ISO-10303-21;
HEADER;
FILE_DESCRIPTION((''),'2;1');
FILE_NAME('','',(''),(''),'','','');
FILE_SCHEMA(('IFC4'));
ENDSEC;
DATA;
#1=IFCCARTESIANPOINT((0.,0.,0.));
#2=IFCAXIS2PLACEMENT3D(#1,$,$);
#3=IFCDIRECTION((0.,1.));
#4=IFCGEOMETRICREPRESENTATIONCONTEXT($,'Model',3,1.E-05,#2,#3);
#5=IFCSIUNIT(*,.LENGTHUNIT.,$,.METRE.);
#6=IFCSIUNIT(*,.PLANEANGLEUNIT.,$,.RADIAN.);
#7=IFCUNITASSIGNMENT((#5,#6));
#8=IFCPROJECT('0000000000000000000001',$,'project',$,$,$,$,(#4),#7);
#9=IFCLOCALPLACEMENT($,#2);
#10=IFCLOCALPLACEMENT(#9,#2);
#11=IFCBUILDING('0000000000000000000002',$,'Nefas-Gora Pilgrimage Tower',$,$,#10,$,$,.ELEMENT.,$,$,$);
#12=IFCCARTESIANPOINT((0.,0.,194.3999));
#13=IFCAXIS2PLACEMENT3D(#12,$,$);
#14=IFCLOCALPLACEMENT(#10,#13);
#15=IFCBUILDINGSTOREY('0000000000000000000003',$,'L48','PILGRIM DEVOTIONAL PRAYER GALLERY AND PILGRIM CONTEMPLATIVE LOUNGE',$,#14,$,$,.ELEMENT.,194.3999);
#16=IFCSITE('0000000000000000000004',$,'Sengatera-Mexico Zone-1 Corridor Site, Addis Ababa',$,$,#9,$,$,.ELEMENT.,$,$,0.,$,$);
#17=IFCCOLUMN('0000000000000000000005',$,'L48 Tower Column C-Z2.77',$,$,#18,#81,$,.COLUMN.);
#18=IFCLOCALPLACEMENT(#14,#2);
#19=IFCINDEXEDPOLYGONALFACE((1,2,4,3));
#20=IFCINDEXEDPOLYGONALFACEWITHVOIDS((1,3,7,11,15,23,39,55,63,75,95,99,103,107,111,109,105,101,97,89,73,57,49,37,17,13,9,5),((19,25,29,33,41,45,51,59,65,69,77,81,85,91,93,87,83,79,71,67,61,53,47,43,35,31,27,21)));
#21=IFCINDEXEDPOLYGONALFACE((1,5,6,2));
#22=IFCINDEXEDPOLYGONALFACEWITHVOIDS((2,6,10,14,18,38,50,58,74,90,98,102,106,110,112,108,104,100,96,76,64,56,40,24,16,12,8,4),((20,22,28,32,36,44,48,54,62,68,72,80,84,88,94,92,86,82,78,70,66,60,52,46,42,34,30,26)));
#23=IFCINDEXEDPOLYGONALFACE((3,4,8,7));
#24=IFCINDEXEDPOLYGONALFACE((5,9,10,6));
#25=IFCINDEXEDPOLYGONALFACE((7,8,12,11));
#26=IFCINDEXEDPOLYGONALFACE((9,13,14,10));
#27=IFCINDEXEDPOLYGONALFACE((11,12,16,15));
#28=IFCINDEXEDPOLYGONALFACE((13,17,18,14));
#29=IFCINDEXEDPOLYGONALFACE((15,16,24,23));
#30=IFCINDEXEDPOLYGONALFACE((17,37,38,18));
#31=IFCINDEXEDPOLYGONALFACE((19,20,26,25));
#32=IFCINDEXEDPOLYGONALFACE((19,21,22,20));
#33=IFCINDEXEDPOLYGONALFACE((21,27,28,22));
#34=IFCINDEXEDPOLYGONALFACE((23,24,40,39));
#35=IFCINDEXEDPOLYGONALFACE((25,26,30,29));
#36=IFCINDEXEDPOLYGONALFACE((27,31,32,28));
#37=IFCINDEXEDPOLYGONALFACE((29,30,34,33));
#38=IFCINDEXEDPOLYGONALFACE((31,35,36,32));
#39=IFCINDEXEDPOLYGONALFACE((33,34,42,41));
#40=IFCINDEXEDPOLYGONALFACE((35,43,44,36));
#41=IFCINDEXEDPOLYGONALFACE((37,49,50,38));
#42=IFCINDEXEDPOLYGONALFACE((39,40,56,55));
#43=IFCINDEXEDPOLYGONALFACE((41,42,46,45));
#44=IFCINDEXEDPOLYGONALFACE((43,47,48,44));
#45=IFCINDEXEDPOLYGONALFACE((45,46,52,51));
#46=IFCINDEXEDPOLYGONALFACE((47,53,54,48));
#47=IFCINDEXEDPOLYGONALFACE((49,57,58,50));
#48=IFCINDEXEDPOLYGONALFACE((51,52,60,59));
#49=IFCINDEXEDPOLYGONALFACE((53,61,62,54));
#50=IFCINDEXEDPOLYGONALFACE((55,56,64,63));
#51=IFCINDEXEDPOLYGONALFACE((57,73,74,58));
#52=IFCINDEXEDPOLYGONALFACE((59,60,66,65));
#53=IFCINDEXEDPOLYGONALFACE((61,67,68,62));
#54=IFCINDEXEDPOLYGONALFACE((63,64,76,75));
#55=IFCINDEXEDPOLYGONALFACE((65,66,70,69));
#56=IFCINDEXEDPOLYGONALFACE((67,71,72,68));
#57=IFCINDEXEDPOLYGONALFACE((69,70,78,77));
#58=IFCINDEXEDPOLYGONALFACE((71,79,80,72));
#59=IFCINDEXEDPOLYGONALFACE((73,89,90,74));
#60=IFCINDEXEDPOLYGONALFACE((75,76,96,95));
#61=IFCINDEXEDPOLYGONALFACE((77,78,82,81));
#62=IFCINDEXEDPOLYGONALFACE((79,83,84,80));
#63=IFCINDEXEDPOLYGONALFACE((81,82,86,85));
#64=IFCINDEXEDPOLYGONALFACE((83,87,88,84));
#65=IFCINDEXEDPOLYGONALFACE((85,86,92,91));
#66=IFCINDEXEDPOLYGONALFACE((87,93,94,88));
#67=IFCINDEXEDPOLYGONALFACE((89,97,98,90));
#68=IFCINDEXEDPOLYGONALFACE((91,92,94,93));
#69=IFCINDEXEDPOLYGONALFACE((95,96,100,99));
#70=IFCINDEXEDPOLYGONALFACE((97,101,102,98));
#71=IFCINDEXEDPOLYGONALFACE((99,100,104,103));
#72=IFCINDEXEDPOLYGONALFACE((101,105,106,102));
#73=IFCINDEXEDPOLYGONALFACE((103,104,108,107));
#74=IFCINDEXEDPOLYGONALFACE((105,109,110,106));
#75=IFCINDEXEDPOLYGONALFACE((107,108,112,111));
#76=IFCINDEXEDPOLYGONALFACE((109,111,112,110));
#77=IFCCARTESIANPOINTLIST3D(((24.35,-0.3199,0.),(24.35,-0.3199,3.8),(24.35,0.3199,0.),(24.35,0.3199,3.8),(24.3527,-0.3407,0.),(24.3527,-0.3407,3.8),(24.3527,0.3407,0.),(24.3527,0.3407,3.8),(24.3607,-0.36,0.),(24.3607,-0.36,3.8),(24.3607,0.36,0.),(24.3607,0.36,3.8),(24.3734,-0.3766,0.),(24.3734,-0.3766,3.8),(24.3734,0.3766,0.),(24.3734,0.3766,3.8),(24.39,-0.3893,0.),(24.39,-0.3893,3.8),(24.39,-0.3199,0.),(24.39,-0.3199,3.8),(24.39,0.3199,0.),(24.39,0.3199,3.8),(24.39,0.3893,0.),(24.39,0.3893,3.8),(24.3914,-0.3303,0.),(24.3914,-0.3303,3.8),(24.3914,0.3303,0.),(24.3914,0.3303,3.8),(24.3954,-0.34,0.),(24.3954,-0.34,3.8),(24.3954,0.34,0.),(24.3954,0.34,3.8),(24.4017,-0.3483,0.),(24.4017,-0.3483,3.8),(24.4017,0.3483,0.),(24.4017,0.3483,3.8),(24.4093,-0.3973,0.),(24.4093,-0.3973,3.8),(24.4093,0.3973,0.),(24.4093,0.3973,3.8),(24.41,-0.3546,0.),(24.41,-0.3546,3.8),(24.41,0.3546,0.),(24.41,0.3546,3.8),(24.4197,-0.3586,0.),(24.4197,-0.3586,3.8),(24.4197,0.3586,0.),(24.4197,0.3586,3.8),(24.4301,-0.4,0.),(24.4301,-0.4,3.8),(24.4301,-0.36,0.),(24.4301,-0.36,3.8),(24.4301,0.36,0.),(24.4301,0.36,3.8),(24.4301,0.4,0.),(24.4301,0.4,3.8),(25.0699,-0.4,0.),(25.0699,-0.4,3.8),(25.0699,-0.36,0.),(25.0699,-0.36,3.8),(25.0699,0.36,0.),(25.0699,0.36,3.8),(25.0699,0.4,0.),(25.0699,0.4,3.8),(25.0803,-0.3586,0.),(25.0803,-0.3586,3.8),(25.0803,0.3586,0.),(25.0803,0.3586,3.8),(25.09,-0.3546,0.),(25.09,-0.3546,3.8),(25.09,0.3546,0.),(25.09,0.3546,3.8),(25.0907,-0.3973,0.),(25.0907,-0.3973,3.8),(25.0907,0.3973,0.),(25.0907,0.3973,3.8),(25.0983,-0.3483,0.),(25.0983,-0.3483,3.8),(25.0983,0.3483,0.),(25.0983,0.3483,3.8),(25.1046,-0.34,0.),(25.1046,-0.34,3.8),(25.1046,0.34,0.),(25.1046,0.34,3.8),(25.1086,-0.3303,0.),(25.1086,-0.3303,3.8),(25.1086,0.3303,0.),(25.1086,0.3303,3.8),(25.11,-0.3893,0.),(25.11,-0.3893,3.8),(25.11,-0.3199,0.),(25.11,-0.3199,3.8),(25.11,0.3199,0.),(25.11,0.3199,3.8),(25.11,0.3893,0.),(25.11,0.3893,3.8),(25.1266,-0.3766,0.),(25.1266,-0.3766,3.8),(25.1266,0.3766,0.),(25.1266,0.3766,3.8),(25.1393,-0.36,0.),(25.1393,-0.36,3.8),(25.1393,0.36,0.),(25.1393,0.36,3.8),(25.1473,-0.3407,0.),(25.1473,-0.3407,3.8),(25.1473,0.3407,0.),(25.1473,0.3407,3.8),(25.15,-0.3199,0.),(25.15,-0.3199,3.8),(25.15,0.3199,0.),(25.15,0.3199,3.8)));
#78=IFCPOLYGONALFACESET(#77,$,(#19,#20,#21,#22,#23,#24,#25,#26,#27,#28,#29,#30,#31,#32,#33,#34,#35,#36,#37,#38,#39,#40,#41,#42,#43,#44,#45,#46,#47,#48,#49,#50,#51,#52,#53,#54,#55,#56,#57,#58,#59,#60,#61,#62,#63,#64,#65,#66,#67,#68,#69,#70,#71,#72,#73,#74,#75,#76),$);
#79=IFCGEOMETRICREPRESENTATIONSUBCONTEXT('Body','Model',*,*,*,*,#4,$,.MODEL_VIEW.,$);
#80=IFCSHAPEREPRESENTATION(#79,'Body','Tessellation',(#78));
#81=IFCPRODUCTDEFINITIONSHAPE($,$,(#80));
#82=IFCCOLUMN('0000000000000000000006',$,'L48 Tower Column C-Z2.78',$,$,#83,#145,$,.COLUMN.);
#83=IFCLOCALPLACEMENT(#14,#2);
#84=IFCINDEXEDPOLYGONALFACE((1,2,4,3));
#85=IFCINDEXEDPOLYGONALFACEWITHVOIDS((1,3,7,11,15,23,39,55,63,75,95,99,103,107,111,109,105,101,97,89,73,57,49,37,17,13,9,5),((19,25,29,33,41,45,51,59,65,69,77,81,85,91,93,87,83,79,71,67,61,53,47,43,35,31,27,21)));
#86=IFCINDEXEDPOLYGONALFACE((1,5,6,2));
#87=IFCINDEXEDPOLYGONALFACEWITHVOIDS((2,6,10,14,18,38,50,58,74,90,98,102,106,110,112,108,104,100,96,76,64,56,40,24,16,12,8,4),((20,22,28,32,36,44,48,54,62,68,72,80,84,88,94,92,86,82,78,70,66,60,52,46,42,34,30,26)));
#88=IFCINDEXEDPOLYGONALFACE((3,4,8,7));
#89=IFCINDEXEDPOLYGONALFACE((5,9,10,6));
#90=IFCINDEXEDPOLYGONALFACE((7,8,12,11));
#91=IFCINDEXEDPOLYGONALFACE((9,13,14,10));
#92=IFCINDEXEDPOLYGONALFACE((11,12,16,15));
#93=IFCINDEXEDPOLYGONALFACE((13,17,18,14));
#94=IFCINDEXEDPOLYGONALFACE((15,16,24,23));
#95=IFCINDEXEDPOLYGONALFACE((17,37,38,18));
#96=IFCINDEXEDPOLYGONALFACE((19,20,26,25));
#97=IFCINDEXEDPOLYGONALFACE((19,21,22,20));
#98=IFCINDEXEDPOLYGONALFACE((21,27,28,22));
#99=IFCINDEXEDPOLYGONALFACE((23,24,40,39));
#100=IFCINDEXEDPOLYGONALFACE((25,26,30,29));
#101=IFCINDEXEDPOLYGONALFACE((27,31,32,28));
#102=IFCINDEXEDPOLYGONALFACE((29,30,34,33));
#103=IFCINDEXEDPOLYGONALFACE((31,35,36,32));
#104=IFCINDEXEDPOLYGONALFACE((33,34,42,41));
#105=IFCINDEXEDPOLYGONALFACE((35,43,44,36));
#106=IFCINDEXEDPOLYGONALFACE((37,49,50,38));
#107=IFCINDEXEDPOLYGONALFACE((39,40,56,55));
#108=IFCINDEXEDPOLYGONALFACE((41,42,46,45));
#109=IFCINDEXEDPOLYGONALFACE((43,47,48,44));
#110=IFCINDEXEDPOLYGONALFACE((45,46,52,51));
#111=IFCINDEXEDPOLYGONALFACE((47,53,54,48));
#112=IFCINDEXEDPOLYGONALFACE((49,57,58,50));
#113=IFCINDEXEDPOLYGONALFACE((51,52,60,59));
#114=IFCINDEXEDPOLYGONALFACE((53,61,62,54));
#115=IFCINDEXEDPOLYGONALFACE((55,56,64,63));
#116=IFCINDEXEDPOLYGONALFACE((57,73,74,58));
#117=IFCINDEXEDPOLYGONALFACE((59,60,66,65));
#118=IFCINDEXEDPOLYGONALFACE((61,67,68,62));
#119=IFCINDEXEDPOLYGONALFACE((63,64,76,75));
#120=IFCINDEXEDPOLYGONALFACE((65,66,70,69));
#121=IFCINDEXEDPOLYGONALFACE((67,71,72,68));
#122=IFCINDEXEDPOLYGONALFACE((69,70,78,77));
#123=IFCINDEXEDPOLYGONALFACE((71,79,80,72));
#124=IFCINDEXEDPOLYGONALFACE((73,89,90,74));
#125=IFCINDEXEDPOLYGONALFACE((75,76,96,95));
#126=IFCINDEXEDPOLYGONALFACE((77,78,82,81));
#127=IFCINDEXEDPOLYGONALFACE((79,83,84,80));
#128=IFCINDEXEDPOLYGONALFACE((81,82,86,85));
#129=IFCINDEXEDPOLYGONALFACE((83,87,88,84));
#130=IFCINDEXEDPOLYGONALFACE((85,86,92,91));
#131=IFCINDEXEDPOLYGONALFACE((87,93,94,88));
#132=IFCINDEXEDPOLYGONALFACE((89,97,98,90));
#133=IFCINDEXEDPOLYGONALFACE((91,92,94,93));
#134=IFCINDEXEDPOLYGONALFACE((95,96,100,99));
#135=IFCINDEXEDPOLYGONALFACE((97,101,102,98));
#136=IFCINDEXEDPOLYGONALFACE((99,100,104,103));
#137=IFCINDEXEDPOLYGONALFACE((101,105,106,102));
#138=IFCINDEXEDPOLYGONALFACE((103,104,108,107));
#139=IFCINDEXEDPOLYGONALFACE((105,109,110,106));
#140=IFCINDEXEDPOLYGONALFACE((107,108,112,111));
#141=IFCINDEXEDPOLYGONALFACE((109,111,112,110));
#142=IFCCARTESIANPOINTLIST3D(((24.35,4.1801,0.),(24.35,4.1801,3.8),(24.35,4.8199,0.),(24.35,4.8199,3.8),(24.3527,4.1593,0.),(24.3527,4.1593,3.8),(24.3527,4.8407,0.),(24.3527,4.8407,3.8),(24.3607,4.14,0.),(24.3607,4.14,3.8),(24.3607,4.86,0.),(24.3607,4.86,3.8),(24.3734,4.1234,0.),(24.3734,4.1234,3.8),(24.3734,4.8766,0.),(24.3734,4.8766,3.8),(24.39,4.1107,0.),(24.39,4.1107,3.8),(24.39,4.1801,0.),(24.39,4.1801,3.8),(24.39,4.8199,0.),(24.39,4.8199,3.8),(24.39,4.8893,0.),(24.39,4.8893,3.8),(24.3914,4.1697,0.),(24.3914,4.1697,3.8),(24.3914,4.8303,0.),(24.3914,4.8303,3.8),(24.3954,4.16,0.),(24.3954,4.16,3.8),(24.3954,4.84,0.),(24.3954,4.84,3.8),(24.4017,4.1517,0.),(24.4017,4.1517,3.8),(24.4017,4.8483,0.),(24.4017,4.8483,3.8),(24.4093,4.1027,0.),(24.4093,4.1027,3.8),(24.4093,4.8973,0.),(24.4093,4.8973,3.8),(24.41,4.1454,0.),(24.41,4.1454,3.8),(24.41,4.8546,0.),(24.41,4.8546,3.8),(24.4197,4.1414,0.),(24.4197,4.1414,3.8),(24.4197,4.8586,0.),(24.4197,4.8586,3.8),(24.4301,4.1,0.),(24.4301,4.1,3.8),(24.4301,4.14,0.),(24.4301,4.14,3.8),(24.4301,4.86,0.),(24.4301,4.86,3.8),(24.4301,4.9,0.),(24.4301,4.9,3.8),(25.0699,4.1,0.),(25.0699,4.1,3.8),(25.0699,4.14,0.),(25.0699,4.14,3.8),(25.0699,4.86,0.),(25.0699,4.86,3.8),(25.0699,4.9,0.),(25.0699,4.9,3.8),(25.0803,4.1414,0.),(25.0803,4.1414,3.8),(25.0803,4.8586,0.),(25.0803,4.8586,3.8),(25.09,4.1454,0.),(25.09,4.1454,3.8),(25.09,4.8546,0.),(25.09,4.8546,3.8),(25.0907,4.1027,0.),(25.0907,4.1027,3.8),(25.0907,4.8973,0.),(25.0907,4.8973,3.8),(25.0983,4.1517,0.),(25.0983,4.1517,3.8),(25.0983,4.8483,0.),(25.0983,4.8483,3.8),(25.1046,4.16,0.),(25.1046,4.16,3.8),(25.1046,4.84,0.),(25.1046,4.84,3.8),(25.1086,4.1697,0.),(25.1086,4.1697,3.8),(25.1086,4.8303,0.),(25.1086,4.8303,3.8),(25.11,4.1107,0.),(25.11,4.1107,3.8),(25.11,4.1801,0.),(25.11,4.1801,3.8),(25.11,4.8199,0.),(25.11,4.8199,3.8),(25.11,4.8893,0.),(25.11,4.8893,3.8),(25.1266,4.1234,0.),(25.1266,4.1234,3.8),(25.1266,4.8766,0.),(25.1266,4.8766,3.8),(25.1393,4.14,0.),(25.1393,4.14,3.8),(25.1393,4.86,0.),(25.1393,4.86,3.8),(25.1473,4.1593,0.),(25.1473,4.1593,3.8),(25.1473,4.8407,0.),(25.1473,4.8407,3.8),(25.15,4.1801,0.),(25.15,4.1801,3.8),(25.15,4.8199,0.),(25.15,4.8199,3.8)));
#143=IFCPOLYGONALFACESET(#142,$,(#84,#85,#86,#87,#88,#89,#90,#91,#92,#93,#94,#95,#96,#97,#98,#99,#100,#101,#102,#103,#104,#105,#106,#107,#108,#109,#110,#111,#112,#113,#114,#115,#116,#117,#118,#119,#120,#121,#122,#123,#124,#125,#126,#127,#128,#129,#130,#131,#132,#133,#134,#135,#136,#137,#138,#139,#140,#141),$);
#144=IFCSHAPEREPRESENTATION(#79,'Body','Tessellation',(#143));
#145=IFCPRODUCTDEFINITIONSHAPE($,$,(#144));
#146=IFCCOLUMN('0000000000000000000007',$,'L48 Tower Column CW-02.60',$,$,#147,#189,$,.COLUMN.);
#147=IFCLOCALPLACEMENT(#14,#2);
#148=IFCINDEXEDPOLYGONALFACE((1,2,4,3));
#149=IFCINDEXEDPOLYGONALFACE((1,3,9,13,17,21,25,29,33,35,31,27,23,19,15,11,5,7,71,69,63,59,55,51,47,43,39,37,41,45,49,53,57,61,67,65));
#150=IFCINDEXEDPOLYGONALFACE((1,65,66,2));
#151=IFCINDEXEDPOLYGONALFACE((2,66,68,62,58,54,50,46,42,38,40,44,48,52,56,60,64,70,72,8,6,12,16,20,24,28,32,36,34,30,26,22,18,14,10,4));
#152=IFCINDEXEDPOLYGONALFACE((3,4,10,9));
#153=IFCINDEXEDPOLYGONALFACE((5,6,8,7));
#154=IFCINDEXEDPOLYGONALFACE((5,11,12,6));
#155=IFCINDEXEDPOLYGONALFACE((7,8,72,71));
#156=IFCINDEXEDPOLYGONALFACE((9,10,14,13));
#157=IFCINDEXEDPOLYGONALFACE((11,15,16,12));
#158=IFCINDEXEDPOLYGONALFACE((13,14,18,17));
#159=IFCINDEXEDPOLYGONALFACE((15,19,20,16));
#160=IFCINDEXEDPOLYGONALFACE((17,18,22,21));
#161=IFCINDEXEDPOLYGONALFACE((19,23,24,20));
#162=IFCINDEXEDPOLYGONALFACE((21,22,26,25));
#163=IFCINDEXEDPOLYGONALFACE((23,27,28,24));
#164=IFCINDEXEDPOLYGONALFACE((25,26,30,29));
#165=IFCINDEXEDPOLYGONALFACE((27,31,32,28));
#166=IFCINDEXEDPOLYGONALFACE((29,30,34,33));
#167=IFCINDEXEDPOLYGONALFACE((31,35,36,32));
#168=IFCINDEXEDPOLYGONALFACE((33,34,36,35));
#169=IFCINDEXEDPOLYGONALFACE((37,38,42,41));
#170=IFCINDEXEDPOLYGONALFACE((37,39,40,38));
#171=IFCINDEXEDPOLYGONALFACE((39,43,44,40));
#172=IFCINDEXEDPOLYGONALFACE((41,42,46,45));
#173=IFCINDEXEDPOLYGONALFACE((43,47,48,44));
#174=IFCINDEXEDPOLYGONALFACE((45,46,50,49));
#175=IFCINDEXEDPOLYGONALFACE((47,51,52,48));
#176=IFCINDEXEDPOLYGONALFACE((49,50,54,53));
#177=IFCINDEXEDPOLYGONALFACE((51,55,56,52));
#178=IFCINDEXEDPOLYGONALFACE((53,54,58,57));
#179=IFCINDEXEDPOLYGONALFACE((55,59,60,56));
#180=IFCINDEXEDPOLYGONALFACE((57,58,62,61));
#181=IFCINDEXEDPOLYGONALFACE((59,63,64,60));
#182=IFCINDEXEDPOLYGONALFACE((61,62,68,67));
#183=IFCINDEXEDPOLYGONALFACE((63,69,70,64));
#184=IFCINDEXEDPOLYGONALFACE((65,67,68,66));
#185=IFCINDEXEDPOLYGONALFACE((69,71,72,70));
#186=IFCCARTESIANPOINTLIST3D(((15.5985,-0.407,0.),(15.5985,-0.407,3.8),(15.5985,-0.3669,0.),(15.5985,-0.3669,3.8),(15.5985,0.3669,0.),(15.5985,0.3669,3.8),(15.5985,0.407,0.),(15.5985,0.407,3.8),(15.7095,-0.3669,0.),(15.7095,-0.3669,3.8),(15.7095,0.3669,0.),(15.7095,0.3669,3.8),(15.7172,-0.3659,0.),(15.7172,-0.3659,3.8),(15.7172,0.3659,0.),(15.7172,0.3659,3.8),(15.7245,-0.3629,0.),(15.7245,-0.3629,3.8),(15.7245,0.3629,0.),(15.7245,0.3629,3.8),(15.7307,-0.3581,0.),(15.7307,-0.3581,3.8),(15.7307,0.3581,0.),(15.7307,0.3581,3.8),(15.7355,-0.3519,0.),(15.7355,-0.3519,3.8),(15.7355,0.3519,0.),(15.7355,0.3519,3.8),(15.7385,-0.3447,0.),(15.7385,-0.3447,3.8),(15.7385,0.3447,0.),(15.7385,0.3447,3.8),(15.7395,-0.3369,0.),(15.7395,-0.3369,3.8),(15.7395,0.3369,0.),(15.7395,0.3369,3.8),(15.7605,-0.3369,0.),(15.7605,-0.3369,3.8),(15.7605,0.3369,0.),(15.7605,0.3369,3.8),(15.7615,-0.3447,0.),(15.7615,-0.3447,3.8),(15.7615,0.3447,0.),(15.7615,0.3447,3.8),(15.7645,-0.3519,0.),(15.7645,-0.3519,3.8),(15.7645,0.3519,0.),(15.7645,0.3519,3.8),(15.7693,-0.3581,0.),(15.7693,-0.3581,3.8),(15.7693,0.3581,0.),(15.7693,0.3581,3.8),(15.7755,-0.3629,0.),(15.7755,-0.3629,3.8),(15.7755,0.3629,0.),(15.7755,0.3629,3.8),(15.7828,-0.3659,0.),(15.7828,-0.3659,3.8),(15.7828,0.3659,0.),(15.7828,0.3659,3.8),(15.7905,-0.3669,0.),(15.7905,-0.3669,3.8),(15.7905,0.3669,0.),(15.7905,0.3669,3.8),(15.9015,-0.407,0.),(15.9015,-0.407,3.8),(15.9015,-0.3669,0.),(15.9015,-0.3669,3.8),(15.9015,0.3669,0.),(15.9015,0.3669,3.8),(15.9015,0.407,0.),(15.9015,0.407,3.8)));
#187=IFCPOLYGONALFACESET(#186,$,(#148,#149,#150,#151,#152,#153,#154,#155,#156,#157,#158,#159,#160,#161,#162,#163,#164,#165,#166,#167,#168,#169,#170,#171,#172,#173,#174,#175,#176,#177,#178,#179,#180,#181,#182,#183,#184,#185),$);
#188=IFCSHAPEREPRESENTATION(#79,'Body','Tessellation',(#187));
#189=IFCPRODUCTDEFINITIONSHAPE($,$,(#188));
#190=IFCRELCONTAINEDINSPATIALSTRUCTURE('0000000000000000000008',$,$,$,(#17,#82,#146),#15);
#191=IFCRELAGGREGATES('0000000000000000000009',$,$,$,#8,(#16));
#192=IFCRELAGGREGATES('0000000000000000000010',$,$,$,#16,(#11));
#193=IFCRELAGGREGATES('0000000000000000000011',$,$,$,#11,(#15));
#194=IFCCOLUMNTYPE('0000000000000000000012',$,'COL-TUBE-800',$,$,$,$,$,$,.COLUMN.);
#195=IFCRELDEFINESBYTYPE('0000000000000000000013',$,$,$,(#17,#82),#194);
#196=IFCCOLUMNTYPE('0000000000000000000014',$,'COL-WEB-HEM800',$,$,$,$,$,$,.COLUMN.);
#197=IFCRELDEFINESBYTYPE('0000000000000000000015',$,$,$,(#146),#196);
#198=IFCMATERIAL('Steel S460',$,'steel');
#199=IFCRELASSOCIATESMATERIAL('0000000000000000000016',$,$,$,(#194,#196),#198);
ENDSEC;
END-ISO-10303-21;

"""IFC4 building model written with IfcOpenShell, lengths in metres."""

from ifc_helpers import new_model, si_unit, direction, frame, origin, origin_2d, place, context, subcontext, project, spatial, hollow_rectangle, i_section, extrude, source, transform, mapped, material, material_profile, profile_set, type_object, element, save


model = new_model("IFC4")

# Units and contexts
model_context = context("Model", 3, precision=1e-05, world=origin(), true_north=direction((0.0, 1.0)))
body_context = subcontext(model_context, "Body", "Model", "MODEL_VIEW")
ifc_project = project(units=[si_unit("LENGTHUNIT", "METRE"), si_unit("PLANEANGLEUNIT", "RADIAN")], contexts=[model_context])

# Site, building, storey
site_placement = place(None, origin())
site = spatial("IfcSite", under=ifc_project, at=site_placement, Name="Sengatera-Mexico Zone-1 Corridor Site, Addis Ababa", CompositionType="ELEMENT", RefElevation=0.0)
building_placement = place(site_placement, origin())
building = spatial("IfcBuilding", under=site, at=building_placement, Name="Nefas-Gora Pilgrimage Tower", CompositionType="ELEMENT")
storey_placement = place(building_placement, frame((0.0, 0.0, 194.3999)))
storey = spatial("IfcBuildingStorey", under=building, at=storey_placement, Name="L48", Description="PILGRIM DEVOTIONAL PRAYER GALLERY AND PILGRIM CONTEMPLATIVE LOUNGE", CompositionType="ELEMENT", Elevation=194.3999)

# Columns
ifc_material_1 = material(Name="Steel S460", Category="steel")
ifc_material_profile_1 = material_profile(ifc_material_1, hollow_rectangle(XDim=0.8, YDim=0.8, WallThickness=0.04, InnerFilletRadius=0.04, OuterFilletRadius=0.0801, at=origin_2d()), Name="BOX 800x800x40")
ifc_profile_set_1 = profile_set([ifc_material_profile_1], Name="Steel S460")
column_type_1 = type_object("IfcColumnType", Name="COL-TUBE-800", PredefinedType="COLUMN", material=ifc_profile_set_1)
shared_shape_1 = source(origin(), body_context, "Body", "SweptSolid", [
    extrude(hollow_rectangle(XDim=0.8, YDim=0.8, WallThickness=0.04, InnerFilletRadius=0.04, OuterFilletRadius=0.0801, at=origin_2d()), origin(), (0.0, 0.0, 1.0), 3.8),
])
for number, where, z_axis, x_axis, name in (
    (1, (24.75, 0.0, 0.0), (0.0, 0.0, 1.0), (1.0, 0.0, 0.0), "L48 Tower Column C-Z2.77"),
    (2, (24.75, 4.5, 0.0), (0.0, 0.0, 1.0), (1.0, 0.0, 0.0), "L48 Tower Column C-Z2.78"),
):
    element("IfcColumn", number, at=place(storey_placement, frame(where, z_axis=z_axis, x_axis=x_axis)), inside=storey, type_object=column_type_1, Name=name, PredefinedType="COLUMN", context=body_context, shape_type="MappedRepresentation", body=[
        mapped(shared_shape_1, transform((0.0, 0.0, 0.0), x_axis=(1.0, 0.0, 0.0), y_axis=(0.0, 1.0, 0.0), z_axis=(0.0, 0.0, 1.0), scale=1.0)),
    ])
ifc_material_profile_2 = material_profile(ifc_material_1, i_section(OverallWidth=0.303, OverallDepth=0.814, WebThickness=0.021, FlangeThickness=0.04, FilletRadius=0.03, at=origin_2d()), Name="HEM 800")
ifc_profile_set_2 = profile_set([ifc_material_profile_2], Name="Steel S460")
column_type_2 = type_object("IfcColumnType", Name="COL-WEB-HEM800", PredefinedType="COLUMN", material=ifc_profile_set_2)
shared_shape_2 = source(origin(), body_context, "Body", "SweptSolid", [
    extrude(i_section(OverallWidth=0.303, OverallDepth=0.814, WebThickness=0.021, FlangeThickness=0.04, FilletRadius=0.03, at=origin_2d()), origin(), (0.0, 0.0, 1.0), 3.8),
])
for number, where, z_axis, x_axis, name in (
    (3, (15.75, 0.0, 0.0), (0.0, 0.0, 1.0), (1.0, 0.0, 0.0), "L48 Tower Column CW-02.60"),
):
    element("IfcColumn", number, at=place(storey_placement, frame(where, z_axis=z_axis, x_axis=x_axis)), inside=storey, type_object=column_type_2, Name=name, PredefinedType="COLUMN", context=body_context, shape_type="MappedRepresentation", body=[
        mapped(shared_shape_2, transform((0.0, 0.0, 0.0), x_axis=(1.0, 0.0, 0.0), y_axis=(0.0, 1.0, 0.0), z_axis=(0.0, 0.0, 1.0), scale=1.0)),
    ])

save(model, "model.ifc")
